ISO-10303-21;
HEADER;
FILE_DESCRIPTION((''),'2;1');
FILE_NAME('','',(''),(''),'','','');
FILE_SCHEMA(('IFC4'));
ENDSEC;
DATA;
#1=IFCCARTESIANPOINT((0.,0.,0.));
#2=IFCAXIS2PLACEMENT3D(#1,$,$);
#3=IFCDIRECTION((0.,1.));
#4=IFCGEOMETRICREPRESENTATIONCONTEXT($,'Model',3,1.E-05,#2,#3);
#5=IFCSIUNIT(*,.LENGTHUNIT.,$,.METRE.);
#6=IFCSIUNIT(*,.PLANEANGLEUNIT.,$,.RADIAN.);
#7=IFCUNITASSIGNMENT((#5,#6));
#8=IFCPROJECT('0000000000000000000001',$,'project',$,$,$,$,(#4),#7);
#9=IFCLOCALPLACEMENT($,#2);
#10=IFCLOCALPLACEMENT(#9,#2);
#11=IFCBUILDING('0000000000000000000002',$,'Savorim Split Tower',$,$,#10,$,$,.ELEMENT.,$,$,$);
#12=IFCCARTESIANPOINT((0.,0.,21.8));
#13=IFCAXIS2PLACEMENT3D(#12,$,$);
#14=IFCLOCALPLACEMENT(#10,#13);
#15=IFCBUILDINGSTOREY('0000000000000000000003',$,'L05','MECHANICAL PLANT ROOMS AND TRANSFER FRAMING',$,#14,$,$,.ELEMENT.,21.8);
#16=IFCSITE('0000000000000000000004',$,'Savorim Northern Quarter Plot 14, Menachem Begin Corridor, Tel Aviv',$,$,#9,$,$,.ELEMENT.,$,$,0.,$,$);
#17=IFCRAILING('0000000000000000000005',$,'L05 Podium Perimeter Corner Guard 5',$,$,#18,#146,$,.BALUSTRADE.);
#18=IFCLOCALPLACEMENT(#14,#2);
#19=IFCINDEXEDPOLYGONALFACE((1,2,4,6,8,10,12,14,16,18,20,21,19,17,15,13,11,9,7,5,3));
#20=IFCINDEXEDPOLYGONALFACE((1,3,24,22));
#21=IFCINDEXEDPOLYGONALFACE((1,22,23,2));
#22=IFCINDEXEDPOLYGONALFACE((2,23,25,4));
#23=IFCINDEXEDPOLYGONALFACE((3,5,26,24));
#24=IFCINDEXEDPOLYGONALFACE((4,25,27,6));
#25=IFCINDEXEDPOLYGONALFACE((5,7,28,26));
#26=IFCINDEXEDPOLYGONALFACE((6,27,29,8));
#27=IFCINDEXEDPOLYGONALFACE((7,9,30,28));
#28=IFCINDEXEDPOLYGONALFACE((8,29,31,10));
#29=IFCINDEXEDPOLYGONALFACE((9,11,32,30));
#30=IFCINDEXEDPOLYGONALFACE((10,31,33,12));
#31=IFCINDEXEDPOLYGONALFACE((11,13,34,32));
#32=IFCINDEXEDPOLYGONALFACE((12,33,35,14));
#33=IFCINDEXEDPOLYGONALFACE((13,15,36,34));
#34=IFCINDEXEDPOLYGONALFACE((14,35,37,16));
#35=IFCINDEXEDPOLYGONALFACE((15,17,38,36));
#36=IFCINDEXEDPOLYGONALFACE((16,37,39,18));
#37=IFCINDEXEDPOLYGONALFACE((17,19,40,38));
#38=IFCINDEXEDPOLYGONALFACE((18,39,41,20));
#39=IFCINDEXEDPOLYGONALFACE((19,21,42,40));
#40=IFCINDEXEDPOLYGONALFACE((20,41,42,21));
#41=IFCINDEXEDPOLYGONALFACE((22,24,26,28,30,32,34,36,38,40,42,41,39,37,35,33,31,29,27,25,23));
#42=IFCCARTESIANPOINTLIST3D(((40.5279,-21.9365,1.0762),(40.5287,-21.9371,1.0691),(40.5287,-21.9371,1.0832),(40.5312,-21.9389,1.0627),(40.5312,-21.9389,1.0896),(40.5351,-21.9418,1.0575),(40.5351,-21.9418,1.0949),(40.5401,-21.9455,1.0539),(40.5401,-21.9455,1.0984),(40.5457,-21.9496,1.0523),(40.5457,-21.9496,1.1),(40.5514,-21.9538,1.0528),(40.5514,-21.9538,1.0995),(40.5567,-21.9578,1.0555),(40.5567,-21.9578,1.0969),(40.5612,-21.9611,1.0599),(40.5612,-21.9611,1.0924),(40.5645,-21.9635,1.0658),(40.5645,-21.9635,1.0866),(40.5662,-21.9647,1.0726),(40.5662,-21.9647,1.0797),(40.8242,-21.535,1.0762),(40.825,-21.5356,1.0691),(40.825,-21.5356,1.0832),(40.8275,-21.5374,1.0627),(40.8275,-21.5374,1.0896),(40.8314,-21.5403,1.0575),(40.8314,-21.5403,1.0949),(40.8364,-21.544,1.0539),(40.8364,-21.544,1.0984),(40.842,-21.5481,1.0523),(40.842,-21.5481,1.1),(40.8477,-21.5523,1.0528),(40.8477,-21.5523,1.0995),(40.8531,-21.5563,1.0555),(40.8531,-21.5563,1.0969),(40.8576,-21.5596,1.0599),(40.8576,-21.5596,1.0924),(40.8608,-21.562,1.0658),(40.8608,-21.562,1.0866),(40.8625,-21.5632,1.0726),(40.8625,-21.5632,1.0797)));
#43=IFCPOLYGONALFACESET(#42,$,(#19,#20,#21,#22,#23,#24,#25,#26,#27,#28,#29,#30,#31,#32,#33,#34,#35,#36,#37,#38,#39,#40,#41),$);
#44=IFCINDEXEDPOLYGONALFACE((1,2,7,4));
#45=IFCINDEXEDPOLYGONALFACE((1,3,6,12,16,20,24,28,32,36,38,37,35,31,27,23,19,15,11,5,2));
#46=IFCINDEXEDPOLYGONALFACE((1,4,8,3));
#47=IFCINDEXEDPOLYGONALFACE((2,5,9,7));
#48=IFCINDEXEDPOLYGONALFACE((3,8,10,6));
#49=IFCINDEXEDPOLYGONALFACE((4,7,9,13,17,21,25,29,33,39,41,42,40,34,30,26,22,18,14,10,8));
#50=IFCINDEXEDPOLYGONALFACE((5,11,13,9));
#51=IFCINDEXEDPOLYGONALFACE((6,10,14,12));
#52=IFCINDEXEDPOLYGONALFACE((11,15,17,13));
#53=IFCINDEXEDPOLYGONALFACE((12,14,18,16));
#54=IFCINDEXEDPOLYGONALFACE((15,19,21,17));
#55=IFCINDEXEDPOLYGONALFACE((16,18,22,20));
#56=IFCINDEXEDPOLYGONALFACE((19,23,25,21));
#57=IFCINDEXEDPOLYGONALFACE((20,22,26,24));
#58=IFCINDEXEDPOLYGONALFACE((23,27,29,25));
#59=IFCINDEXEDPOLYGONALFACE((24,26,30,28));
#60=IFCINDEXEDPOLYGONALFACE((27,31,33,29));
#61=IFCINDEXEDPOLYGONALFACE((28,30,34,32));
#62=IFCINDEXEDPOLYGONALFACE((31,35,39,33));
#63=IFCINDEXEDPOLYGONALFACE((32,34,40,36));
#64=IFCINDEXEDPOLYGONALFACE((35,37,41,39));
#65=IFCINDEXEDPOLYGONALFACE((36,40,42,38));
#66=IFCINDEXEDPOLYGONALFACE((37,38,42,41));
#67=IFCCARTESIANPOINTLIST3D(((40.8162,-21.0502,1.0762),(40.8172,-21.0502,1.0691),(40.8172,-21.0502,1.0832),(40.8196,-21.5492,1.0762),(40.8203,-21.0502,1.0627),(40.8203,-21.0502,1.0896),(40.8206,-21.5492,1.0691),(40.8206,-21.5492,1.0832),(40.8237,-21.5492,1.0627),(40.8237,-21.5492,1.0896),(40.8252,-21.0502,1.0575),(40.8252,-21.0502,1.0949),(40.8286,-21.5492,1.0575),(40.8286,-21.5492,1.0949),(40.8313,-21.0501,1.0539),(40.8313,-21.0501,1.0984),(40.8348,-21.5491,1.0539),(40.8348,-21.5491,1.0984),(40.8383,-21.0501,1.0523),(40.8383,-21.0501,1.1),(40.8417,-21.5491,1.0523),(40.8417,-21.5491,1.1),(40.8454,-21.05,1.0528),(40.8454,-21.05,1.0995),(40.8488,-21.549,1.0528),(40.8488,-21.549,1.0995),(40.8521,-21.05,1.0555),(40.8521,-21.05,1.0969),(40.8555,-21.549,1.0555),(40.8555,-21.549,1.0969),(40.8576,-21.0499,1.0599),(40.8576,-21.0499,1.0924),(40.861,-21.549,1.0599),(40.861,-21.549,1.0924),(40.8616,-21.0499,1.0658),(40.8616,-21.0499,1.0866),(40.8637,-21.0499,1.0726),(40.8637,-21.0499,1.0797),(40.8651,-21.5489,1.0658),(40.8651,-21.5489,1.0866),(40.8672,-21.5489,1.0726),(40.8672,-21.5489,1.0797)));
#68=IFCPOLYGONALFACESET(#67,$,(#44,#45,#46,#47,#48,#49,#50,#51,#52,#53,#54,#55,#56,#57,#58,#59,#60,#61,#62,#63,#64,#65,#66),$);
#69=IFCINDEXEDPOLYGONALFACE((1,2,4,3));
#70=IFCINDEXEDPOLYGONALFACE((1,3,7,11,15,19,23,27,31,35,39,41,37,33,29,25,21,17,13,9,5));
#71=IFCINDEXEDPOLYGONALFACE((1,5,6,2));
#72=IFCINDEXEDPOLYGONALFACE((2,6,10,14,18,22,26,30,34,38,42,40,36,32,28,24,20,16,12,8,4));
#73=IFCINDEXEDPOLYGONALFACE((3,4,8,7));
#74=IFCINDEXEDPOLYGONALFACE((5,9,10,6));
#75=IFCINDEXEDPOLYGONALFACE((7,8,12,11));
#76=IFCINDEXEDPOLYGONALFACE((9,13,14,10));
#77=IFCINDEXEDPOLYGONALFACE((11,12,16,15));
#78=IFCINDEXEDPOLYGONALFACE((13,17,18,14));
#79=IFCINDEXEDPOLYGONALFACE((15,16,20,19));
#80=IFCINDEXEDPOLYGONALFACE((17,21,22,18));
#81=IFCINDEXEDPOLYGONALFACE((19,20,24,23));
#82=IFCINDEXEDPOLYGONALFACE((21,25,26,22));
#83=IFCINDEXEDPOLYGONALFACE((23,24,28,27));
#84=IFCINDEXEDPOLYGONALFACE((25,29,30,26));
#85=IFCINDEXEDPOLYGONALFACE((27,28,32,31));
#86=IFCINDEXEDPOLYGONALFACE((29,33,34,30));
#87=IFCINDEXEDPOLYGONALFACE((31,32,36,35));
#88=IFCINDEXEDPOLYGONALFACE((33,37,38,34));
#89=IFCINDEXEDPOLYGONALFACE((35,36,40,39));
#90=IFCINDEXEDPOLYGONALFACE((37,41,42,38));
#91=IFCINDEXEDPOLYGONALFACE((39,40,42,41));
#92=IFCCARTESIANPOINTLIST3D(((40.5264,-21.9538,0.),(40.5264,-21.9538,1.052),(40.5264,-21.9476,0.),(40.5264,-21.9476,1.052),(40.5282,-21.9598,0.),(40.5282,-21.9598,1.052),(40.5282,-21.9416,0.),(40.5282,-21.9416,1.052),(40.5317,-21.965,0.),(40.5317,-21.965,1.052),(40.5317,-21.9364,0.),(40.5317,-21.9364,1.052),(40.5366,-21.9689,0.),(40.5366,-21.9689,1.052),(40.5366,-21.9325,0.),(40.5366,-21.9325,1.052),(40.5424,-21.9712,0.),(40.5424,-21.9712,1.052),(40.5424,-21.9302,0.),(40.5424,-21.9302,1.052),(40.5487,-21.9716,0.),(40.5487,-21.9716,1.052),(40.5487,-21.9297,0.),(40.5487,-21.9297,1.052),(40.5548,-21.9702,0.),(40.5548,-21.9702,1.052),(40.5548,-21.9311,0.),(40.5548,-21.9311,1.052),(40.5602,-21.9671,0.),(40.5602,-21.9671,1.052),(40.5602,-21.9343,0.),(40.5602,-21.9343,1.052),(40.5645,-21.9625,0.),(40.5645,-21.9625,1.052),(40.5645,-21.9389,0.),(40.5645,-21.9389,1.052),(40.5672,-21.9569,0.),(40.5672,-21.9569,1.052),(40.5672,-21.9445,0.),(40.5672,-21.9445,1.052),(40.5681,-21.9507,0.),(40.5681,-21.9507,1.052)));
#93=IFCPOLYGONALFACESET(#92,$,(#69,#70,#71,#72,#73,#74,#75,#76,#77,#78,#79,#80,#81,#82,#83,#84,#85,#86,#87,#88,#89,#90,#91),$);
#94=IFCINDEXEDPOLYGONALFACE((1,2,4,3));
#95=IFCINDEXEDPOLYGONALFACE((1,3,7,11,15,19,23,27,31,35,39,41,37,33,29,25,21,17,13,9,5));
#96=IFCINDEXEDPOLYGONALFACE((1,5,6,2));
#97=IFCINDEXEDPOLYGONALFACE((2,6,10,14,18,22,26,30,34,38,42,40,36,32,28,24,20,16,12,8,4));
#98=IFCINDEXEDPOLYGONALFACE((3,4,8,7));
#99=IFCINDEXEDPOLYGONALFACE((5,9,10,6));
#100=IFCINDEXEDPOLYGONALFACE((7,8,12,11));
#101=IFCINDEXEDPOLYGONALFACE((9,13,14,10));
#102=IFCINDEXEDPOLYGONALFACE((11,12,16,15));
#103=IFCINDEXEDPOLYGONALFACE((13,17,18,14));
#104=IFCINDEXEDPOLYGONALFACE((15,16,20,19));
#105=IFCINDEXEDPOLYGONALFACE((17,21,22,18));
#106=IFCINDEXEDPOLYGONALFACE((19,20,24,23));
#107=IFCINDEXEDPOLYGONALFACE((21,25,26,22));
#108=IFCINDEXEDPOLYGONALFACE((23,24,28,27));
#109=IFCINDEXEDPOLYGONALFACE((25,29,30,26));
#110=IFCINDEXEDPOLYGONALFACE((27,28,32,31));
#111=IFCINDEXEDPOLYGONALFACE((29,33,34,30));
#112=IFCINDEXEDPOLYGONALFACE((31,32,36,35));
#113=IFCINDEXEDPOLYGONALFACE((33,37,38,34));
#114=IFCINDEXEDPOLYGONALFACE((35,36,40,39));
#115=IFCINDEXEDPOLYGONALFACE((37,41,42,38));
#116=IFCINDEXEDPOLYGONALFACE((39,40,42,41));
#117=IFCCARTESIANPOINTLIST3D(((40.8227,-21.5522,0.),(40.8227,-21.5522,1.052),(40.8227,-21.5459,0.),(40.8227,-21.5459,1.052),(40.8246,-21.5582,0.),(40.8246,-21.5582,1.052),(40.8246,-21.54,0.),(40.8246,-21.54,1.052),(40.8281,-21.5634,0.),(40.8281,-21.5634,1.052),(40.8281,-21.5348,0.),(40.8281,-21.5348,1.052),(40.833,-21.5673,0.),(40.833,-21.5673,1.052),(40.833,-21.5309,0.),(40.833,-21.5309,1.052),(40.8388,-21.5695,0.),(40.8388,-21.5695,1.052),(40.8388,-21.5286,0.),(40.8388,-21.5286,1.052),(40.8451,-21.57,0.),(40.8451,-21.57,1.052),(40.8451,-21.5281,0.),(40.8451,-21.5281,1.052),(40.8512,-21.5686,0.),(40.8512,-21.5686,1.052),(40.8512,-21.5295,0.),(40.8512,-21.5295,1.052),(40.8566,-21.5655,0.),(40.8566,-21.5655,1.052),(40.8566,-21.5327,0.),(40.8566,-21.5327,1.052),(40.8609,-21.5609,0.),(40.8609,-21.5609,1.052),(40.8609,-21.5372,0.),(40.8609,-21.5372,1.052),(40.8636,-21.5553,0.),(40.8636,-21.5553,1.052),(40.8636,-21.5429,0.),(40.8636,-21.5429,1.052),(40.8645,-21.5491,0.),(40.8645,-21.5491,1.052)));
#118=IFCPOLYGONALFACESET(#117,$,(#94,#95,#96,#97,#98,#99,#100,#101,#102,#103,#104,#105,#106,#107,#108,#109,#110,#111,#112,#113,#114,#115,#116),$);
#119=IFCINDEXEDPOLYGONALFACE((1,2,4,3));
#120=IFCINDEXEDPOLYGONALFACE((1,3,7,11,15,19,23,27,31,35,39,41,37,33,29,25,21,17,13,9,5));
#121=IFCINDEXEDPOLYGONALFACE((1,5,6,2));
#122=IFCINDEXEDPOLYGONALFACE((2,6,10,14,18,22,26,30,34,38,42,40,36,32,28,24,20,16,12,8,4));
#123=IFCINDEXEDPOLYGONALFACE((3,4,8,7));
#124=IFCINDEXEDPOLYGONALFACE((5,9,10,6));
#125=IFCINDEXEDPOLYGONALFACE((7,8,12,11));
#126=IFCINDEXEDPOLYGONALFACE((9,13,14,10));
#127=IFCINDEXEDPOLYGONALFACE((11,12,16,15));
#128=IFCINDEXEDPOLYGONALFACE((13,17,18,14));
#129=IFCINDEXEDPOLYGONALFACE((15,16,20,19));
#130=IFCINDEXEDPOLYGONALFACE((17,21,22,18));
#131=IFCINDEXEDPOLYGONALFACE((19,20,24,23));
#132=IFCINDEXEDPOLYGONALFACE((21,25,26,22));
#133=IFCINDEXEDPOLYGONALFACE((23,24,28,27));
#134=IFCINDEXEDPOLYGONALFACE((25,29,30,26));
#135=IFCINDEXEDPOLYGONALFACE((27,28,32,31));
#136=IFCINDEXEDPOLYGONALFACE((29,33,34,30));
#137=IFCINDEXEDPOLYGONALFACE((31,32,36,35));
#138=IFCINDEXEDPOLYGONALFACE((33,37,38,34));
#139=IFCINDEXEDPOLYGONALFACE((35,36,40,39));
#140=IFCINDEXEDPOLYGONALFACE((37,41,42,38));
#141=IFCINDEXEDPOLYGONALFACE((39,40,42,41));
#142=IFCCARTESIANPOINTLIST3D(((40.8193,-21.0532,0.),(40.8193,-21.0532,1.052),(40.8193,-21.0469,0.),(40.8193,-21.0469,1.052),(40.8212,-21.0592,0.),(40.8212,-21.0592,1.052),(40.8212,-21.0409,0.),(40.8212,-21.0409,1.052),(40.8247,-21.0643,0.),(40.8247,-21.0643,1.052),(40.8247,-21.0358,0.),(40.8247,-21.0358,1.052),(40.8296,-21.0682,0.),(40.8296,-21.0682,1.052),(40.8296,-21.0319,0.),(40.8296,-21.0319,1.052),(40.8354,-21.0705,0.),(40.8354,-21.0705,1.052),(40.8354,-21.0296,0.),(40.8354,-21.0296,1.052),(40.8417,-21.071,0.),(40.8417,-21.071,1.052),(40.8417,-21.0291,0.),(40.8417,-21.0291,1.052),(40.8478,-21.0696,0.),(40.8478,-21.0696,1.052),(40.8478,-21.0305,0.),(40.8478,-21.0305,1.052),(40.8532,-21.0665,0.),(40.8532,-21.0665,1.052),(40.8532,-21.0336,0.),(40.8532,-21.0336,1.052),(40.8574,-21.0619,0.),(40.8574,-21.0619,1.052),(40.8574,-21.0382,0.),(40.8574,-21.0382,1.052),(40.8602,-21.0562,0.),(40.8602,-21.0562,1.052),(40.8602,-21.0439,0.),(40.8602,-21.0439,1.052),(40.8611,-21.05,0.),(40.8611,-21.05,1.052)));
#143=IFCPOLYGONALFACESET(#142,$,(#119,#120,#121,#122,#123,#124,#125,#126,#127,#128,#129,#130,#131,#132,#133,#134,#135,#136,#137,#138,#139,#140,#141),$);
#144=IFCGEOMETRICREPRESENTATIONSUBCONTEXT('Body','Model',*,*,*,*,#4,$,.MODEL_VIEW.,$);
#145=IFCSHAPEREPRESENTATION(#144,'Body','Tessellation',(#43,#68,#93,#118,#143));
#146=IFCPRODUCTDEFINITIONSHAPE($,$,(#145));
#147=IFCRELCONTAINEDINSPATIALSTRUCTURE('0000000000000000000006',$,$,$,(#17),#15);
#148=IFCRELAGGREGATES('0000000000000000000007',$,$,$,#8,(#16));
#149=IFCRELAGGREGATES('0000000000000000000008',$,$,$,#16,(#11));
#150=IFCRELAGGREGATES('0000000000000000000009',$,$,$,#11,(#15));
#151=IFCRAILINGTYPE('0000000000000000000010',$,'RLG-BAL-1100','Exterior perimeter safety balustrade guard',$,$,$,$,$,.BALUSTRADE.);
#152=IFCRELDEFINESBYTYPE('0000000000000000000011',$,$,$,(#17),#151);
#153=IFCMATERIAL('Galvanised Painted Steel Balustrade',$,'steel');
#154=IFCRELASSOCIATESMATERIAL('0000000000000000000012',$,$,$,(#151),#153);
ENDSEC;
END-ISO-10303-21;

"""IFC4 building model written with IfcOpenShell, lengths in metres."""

from ifc_helpers import new_model, si_unit, direction, frame, origin, origin_2d, place, context, subcontext, project, spatial, circle, extrude, material, type_object, element, save


model = new_model("IFC4")

# Units and contexts
model_context = context("Model", 3, precision=1e-05, world=origin(), true_north=direction((0.0, 1.0)))
body_context = subcontext(model_context, "Body", "Model", "MODEL_VIEW")
ifc_project = project(units=[si_unit("LENGTHUNIT", "METRE"), si_unit("PLANEANGLEUNIT", "RADIAN")], contexts=[model_context])

# Site, building, storey
site_placement = place(None, origin())
site = spatial("IfcSite", under=ifc_project, at=site_placement, Name="Savorim Northern Quarter Plot 14, Menachem Begin Corridor, Tel Aviv", CompositionType="ELEMENT", RefElevation=0.0)
building_placement = place(site_placement, origin())
building = spatial("IfcBuilding", under=site, at=building_placement, Name="Savorim Split Tower", CompositionType="ELEMENT")
storey_placement = place(building_placement, frame((0.0, 0.0, 21.8)))
storey = spatial("IfcBuildingStorey", under=building, at=storey_placement, Name="L05", Description="MECHANICAL PLANT ROOMS AND TRANSFER FRAMING", CompositionType="ELEMENT", Elevation=21.8)

# Railing
ifc_material_1 = material(Name="Galvanised Painted Steel Balustrade", Category="steel")
railing_type = type_object("IfcRailingType", Name="RLG-BAL-1100", Description="Exterior perimeter safety balustrade guard", PredefinedType="BALUSTRADE", material=ifc_material_1)
railing_1_placement = place(storey_placement, frame((40.5471, -21.9507, 0.0)))
element("IfcRailing", 1, at=railing_1_placement, inside=storey, type_object=railing_type, Name="L05 Podium Perimeter Corner Guard 5", PredefinedType="BALUSTRADE", context=body_context, shape_type="SweptSolid", body=[
    extrude(circle(Radius=0.0239, at=origin_2d()), frame((0.0, 0.0, 1.0762), z_axis=(0.5938, 0.804613, 0.0), x_axis=(-0.804613, 0.5938, 0.0)), (0.0, 0.0, 1.0), 0.499),
    extrude(circle(Radius=0.0239, at=origin_2d()), frame((0.2964, 0.4016, 1.0762), z_axis=(-0.006849, 0.999977, 0.0), x_axis=(-0.999977, -0.006849, 0.0)), (0.0, 0.0, 1.0), 0.499),
    extrude(circle(Radius=0.021, at=origin_2d()), origin(), (0.0, 0.0, 1.0), 1.052),
    extrude(circle(Radius=0.021, at=origin_2d()), frame((0.2964, 0.4016, 0.0)), (0.0, 0.0, 1.0), 1.052),
    extrude(circle(Radius=0.021, at=origin_2d()), frame((0.293, 0.9006, 0.0)), (0.0, 0.0, 1.0), 1.052),
])

save(model, "model.ifc")
